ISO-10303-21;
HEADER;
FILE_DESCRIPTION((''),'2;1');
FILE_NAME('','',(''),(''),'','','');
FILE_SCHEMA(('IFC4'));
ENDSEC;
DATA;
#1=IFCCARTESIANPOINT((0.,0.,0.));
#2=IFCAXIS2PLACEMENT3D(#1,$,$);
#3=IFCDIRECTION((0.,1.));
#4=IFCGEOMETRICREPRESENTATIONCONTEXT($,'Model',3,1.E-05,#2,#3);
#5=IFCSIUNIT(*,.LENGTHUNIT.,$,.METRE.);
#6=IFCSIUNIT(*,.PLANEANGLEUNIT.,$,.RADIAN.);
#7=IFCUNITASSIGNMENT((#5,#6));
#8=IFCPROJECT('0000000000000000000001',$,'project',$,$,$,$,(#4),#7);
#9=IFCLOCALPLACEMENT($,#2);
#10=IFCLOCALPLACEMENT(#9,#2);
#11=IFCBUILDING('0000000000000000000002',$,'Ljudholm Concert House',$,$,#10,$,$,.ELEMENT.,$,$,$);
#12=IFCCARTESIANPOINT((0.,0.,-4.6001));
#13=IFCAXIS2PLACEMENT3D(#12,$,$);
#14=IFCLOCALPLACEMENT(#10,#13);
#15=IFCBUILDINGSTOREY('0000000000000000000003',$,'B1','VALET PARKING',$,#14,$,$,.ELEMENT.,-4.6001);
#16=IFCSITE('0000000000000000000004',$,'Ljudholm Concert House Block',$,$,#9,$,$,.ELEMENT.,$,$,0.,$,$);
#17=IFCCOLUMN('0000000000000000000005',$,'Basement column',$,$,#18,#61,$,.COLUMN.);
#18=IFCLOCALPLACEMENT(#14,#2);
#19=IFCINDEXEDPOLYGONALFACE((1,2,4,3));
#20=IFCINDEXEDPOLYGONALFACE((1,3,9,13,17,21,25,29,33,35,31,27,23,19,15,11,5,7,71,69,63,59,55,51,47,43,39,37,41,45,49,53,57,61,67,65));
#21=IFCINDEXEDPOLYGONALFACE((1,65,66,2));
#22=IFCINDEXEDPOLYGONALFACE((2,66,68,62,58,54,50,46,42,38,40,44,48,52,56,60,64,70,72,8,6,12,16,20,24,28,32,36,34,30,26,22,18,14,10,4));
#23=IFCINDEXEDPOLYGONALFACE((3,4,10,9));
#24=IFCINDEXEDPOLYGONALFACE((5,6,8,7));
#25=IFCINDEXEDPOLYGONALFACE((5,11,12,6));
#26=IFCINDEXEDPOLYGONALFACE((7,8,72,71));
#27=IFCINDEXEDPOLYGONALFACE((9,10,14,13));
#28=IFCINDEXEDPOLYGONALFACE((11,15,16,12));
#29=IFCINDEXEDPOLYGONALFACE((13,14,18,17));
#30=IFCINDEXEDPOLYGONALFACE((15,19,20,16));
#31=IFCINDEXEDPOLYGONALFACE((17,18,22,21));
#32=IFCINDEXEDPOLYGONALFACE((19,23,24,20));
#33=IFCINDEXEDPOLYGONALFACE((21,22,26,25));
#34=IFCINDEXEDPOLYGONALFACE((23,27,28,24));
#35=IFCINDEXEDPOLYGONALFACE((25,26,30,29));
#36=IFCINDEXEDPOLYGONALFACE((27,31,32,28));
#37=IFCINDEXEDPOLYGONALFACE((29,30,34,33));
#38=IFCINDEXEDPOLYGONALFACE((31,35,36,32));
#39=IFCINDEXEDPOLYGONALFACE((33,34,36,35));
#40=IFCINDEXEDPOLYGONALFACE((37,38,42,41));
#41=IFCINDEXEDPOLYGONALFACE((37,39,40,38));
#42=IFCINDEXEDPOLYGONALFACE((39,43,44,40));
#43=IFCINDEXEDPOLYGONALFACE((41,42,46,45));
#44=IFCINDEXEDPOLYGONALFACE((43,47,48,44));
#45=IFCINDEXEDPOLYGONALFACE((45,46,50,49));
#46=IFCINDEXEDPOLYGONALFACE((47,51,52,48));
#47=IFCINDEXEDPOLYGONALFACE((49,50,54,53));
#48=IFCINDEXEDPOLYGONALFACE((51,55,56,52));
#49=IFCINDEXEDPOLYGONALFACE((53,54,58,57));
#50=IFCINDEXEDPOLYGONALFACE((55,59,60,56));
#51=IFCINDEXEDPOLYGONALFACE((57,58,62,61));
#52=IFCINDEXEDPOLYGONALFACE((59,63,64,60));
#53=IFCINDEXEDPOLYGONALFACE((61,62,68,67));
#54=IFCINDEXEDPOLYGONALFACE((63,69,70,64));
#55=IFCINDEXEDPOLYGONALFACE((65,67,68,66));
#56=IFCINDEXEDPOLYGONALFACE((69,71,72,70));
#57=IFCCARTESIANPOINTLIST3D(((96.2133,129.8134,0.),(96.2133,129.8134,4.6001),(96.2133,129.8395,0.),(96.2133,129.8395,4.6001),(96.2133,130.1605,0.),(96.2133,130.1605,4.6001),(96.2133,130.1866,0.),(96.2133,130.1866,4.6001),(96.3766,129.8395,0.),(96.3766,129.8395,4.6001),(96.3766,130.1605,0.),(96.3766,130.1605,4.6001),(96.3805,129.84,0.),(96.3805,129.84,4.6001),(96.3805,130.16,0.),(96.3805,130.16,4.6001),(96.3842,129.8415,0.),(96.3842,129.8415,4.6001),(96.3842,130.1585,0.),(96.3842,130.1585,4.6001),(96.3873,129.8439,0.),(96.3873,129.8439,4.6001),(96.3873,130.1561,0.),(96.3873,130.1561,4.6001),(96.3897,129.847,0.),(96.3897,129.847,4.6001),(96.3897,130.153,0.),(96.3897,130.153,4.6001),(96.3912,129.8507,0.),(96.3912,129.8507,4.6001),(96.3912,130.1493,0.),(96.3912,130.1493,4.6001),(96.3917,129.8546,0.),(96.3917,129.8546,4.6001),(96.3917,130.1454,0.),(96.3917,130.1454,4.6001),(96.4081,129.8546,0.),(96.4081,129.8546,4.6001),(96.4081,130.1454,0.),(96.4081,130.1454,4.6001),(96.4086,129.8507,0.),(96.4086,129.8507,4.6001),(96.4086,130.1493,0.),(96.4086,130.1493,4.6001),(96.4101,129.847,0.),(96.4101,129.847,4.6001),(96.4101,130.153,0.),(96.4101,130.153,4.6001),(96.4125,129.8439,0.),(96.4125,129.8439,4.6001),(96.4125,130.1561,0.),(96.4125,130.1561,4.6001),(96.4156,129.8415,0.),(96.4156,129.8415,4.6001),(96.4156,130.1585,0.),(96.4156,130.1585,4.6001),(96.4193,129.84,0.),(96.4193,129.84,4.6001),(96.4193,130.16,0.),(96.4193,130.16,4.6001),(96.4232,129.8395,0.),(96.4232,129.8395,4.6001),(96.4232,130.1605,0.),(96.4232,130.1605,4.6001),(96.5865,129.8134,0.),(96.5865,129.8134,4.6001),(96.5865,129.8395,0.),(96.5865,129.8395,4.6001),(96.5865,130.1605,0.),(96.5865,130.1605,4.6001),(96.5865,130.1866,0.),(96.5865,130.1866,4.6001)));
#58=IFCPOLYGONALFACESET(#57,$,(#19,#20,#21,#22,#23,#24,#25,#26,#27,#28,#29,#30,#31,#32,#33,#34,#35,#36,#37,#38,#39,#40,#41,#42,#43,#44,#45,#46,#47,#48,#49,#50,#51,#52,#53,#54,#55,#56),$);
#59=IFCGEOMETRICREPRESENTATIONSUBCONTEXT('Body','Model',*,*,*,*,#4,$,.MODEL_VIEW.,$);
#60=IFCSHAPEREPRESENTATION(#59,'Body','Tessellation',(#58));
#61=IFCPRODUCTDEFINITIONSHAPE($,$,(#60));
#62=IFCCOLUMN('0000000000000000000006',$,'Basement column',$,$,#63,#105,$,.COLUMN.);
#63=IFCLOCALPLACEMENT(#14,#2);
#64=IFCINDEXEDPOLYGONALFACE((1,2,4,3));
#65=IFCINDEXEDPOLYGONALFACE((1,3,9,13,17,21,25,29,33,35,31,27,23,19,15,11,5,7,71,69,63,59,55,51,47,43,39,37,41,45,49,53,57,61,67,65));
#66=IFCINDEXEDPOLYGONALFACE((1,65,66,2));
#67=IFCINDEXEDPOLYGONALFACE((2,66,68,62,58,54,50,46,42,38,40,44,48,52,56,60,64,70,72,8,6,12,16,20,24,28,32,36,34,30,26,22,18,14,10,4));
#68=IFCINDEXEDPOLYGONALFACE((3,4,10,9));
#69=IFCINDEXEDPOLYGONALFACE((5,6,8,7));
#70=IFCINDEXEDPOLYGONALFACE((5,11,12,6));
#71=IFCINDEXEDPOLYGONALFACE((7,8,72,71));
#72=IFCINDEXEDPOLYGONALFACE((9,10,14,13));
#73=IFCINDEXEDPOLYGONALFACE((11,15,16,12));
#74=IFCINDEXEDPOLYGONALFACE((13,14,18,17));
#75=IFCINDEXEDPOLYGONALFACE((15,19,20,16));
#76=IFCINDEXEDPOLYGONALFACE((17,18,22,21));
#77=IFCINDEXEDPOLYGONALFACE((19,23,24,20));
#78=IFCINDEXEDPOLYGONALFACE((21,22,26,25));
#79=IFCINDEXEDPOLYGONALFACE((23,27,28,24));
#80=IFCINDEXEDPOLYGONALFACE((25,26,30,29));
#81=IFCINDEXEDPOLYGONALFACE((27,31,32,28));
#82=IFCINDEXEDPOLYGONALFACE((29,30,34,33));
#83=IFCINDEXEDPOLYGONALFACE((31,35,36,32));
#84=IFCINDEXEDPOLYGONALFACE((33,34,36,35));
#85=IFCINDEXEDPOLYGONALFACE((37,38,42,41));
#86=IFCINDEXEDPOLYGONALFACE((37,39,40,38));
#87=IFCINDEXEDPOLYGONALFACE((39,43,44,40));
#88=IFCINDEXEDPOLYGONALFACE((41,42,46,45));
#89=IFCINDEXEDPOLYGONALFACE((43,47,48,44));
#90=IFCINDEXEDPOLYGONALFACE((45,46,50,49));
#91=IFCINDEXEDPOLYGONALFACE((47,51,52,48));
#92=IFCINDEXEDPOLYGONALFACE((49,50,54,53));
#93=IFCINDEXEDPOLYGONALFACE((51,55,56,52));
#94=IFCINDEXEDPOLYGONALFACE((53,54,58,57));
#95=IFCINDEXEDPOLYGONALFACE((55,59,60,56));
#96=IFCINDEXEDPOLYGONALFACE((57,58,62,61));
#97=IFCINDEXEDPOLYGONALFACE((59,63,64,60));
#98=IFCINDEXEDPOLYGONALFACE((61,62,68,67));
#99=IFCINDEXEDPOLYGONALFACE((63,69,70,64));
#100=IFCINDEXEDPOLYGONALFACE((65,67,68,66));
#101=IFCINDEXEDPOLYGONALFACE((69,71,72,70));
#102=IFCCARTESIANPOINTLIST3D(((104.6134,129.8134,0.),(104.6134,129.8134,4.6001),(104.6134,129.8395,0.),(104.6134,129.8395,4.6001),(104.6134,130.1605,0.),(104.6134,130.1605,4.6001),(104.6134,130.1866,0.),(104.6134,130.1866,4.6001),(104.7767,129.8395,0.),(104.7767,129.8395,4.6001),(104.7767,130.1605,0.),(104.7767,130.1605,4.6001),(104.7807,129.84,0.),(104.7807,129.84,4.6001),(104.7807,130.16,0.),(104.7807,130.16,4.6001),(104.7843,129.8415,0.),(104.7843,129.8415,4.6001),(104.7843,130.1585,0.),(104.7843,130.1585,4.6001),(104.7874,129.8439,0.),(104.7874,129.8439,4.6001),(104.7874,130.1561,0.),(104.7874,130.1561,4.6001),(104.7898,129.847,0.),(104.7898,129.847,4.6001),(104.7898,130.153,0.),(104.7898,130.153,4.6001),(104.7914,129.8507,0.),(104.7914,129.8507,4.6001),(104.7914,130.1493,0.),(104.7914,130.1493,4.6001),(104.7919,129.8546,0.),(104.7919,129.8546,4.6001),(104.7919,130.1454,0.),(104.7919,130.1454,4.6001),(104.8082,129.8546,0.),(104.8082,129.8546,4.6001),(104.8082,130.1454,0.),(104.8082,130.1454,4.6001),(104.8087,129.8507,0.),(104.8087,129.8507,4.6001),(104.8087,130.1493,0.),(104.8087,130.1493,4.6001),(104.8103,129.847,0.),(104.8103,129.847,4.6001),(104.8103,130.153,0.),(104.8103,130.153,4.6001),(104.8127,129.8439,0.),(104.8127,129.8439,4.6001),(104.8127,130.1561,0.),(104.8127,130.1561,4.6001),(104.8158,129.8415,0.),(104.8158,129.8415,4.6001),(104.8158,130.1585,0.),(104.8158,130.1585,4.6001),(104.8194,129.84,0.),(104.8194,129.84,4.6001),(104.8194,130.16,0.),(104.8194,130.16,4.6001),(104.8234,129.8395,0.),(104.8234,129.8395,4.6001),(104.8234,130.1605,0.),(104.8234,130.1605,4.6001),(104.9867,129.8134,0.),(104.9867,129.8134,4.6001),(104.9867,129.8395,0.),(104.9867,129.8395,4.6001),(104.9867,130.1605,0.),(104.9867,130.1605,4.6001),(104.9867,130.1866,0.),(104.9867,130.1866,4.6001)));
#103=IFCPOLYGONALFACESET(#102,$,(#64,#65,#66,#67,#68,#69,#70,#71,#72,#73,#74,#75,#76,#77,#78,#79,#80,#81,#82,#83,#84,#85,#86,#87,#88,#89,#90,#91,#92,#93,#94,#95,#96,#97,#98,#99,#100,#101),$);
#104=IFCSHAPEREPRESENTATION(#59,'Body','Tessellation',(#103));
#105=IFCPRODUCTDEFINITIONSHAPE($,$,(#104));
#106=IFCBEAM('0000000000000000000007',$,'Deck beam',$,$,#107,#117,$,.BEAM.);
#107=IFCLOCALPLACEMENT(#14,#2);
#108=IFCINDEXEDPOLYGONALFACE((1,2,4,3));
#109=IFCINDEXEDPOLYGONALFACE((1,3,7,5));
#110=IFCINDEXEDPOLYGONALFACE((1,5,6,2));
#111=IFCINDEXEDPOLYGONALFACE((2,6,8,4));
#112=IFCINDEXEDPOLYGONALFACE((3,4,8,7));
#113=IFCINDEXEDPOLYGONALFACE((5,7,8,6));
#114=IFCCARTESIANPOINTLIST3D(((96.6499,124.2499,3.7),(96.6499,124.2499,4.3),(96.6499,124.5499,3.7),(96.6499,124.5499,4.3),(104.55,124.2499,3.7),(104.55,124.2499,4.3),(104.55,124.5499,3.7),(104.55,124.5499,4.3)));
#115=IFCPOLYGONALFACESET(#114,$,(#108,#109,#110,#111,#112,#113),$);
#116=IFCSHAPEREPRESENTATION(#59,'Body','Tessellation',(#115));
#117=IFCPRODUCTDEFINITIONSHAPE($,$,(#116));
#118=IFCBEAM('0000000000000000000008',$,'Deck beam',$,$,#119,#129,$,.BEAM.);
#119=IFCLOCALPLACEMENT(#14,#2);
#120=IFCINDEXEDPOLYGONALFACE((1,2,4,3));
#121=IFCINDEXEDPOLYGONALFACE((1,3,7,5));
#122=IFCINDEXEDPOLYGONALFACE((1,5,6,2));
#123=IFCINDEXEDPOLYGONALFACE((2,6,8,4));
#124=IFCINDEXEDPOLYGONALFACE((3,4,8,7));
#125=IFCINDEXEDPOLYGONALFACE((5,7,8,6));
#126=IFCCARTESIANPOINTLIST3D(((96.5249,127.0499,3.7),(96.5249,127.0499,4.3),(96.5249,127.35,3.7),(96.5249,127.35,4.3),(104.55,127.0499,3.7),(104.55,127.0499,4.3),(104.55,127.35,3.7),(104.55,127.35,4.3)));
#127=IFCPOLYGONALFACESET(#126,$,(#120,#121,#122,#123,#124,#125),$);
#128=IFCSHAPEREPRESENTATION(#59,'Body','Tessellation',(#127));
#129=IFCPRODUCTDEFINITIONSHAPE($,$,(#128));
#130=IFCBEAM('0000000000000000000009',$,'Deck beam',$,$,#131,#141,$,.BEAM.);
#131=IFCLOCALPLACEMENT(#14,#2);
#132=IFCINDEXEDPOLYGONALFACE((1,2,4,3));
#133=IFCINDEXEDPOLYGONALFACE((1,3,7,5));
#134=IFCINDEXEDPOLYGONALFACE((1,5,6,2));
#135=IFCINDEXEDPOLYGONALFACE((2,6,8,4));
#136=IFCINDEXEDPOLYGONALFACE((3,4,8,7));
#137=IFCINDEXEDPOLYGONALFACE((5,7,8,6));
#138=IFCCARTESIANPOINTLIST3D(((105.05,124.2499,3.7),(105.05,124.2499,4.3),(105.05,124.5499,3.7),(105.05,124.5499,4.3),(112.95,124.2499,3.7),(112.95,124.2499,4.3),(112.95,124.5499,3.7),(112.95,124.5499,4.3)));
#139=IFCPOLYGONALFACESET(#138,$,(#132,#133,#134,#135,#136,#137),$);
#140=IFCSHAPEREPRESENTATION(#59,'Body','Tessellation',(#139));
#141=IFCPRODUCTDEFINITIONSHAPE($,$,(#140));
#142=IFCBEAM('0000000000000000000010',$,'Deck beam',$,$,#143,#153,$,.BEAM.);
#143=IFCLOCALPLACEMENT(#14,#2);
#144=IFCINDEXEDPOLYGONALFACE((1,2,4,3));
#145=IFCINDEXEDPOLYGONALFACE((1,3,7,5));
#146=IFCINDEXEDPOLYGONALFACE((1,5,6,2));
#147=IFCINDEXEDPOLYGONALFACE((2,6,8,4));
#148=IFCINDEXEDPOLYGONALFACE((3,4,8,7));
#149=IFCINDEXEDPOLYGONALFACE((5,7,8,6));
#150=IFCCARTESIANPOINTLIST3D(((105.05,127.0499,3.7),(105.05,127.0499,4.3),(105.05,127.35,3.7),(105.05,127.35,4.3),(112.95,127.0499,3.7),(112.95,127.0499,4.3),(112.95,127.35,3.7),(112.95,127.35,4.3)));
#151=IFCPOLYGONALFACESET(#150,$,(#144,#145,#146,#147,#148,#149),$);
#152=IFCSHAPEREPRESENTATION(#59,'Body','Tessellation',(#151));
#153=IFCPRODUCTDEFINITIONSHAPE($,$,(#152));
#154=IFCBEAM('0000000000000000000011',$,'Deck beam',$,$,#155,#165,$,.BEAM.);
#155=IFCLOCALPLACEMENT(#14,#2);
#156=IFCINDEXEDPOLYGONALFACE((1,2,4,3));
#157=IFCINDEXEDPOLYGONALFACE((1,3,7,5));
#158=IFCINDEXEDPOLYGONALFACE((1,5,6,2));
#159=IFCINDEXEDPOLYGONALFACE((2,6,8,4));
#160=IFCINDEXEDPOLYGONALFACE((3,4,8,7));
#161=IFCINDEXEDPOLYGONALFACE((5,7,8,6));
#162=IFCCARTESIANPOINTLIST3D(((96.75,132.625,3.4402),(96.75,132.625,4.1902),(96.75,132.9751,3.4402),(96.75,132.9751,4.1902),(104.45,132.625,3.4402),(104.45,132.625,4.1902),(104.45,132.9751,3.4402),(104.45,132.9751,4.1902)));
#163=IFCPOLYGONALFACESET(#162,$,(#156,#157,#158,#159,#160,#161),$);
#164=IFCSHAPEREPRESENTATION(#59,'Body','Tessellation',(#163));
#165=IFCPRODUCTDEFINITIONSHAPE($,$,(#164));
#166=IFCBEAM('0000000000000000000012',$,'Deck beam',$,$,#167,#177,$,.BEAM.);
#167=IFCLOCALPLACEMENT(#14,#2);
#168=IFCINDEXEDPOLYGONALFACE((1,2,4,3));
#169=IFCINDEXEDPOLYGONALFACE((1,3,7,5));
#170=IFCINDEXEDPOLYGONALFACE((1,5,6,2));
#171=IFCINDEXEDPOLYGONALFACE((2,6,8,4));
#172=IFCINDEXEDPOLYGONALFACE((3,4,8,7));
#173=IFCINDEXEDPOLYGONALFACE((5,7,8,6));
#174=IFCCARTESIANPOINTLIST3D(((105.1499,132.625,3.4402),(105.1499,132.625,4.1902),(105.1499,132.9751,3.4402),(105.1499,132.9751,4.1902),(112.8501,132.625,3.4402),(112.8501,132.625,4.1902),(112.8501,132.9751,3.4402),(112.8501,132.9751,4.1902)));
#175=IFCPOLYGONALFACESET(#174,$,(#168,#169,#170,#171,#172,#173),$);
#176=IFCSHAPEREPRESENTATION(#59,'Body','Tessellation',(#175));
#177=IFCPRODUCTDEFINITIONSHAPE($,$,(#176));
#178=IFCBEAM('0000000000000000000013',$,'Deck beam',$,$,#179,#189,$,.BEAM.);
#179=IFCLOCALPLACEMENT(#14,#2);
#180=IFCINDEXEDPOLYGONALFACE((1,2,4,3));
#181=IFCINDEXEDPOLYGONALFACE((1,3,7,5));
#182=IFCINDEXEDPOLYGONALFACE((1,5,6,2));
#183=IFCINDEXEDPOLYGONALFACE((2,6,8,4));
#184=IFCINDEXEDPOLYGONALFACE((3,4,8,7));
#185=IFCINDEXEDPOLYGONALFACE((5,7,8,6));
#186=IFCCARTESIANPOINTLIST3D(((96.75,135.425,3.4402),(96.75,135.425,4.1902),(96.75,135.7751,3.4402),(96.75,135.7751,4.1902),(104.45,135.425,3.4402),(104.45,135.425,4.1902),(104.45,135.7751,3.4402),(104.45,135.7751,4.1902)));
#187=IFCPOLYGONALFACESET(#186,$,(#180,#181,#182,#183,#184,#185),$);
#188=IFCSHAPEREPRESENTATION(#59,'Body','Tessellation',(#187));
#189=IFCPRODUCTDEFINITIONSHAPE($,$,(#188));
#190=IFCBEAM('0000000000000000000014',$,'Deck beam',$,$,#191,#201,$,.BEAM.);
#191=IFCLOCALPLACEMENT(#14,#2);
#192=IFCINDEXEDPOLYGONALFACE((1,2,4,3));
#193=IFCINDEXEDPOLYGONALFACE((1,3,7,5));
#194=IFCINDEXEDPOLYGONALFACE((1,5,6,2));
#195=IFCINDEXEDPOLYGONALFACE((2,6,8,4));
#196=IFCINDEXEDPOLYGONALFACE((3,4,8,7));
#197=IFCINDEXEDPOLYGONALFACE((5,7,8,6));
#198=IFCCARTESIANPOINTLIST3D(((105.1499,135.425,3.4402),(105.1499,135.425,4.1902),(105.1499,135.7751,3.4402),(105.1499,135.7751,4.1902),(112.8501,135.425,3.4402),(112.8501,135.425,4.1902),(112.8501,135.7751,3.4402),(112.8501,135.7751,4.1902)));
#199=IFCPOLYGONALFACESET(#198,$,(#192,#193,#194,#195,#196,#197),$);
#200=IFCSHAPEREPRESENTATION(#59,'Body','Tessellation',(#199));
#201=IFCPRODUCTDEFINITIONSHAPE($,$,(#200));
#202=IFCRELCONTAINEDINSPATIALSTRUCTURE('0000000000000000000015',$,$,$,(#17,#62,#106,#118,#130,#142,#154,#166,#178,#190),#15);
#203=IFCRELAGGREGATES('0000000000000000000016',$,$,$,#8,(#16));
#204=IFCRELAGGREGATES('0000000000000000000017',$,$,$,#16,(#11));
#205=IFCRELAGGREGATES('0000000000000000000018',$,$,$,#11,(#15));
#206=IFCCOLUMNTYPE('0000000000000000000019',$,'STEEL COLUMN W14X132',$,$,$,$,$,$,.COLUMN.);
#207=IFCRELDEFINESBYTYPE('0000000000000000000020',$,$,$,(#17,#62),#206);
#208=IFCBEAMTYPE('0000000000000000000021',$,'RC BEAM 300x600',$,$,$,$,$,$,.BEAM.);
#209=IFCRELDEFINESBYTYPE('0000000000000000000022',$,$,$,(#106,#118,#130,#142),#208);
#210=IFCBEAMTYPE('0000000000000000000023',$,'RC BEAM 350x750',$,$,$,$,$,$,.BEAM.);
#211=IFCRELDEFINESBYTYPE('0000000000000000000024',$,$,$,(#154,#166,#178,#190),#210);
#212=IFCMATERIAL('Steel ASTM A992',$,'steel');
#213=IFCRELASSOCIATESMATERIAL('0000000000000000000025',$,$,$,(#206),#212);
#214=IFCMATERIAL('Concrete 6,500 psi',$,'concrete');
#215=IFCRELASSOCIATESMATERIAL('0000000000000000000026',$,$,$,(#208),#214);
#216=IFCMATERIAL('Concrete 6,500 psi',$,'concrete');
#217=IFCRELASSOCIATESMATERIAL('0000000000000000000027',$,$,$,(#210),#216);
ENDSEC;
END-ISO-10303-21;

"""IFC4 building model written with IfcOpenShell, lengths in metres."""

from ifc_helpers import new_model, si_unit, direction, frame, origin, origin_2d, place, context, subcontext, project, spatial, rectangle, i_section, extrude, material, material_profile, profile_set, type_object, element, save


model = new_model("IFC4")

# Units and contexts
model_context = context("Model", 3, precision=1e-05, world=origin(), true_north=direction((0.0, 1.0)))
body_context = subcontext(model_context, "Body", "Model", "MODEL_VIEW")
ifc_project = project(units=[si_unit("LENGTHUNIT", "METRE"), si_unit("PLANEANGLEUNIT", "RADIAN")], contexts=[model_context])

# Site, building, storey
site_placement = place(None, origin())
site = spatial("IfcSite", under=ifc_project, at=site_placement, Name="Ljudholm Concert House Block", CompositionType="ELEMENT", RefElevation=0.0)
building_placement = place(site_placement, origin())
building = spatial("IfcBuilding", under=site, at=building_placement, Name="Ljudholm Concert House", CompositionType="ELEMENT")
storey_placement = place(building_placement, frame((0.0, 0.0, -4.6001)))
storey = spatial("IfcBuildingStorey", under=building, at=storey_placement, Name="B1", Description="VALET PARKING", CompositionType="ELEMENT", Elevation=-4.6001)

# Columns
ifc_material_1 = material(Name="Steel ASTM A992", Category="steel")
ifc_material_profile_1 = material_profile(ifc_material_1, i_section(OverallWidth=0.3733, OverallDepth=0.3733, WebThickness=0.0164, FlangeThickness=0.0261, FilletRadius=0.0151, at=origin_2d()), Name="W14X132")
ifc_profile_set_1 = profile_set([ifc_material_profile_1], Name="Steel ASTM A992")
column_type_1 = type_object("IfcColumnType", Name="STEEL COLUMN W14X132", PredefinedType="COLUMN", material=ifc_profile_set_1)
for number, where, z_axis, x_axis, name in (
    (1, (96.3999, 130.0, 0.0), (0.0, 0.0, 1.0), (1.0, 0.0, 0.0), "Basement column"),
    (2, (104.8, 130.0, 0.0), (0.0, 0.0, 1.0), (1.0, 0.0, 0.0), "Basement column"),
):
    element("IfcColumn", number, at=place(storey_placement, frame(where, z_axis=z_axis, x_axis=x_axis)), inside=storey, type_object=column_type_1, Name=name, PredefinedType="COLUMN", context=body_context, shape_type="SweptSolid", body=[
        extrude(i_section(OverallWidth=0.3733, OverallDepth=0.3733, WebThickness=0.0164, FlangeThickness=0.0261, FilletRadius=0.0151, at=origin_2d()), origin(), (0.0, 0.0, 1.0), 4.6001),
    ])

# Beams
ifc_material_2 = material(Name="Concrete 6,500 psi", Category="concrete")
ifc_material_profile_2 = material_profile(ifc_material_2, rectangle(XDim=0.3, YDim=0.6001, at=origin_2d()), Name="RC BEAM 300x600")
ifc_profile_set_2 = profile_set([ifc_material_profile_2], Name="Concrete 6,500 psi")
beam_type_1 = type_object("IfcBeamType", Name="RC BEAM 300x600", PredefinedType="BEAM", material=ifc_profile_set_2)
beam_1_placement = place(storey_placement, frame((96.6499, 124.3999, 4.0), z_axis=(1.0, 0.0, 0.0), x_axis=(0.0, 1.0, 0.0)))
element("IfcBeam", 3, at=beam_1_placement, inside=storey, type_object=beam_type_1, Name="Deck beam", PredefinedType="BEAM", context=body_context, shape_type="SweptSolid", body=[
    extrude(rectangle(XDim=0.3, YDim=0.6001, at=origin_2d()), origin(), (0.0, 0.0, 1.0), 7.9001),
])
beam_2_placement = place(storey_placement, frame((96.5249, 127.2, 4.0), z_axis=(1.0, 0.0, 0.0), x_axis=(0.0, 1.0, 0.0)))
element("IfcBeam", 4, at=beam_2_placement, inside=storey, type_object=beam_type_1, Name="Deck beam", PredefinedType="BEAM", context=body_context, shape_type="SweptSolid", body=[
    extrude(rectangle(XDim=0.3, YDim=0.6001, at=origin_2d()), origin(), (0.0, 0.0, 1.0), 8.0251),
])
for number, where, z_axis, x_axis, name in (
    (5, (105.05, 124.3999, 4.0), (1.0, 0.0, 0.0), (0.0, 1.0, 0.0), "Deck beam"),
    (6, (105.05, 127.2, 4.0), (1.0, 0.0, 0.0), (0.0, 1.0, 0.0), "Deck beam"),
):
    element("IfcBeam", number, at=place(storey_placement, frame(where, z_axis=z_axis, x_axis=x_axis)), inside=storey, type_object=beam_type_1, Name=name, PredefinedType="BEAM", context=body_context, shape_type="SweptSolid", body=[
        extrude(rectangle(XDim=0.3, YDim=0.6001, at=origin_2d()), origin(), (0.0, 0.0, 1.0), 7.8999),
    ])
ifc_material_3 = material(Name="Concrete 6,500 psi", Category="concrete")
ifc_material_profile_3 = material_profile(ifc_material_3, rectangle(XDim=0.3501, YDim=0.75, at=origin_2d()), Name="RC BEAM 350x750")
ifc_profile_set_3 = profile_set([ifc_material_profile_3], Name="Concrete 6,500 psi")
beam_type_2 = type_object("IfcBeamType", Name="RC BEAM 350x750", PredefinedType="BEAM", material=ifc_profile_set_3)
beam_3_placement = place(storey_placement, frame((96.75, 132.8, 3.8152), z_axis=(1.0, 0.0, 0.0), x_axis=(0.0, 1.0, 0.0)))
element("IfcBeam", 7, at=beam_3_placement, inside=storey, type_object=beam_type_2, Name="Deck beam", PredefinedType="BEAM", context=body_context, shape_type="SweptSolid", body=[
    extrude(rectangle(XDim=0.3501, YDim=0.75, at=origin_2d()), origin(), (0.0, 0.0, 1.0), 7.7),
])
beam_4_placement = place(storey_placement, frame((105.1499, 132.8, 3.8152), z_axis=(1.0, 0.0, 0.0), x_axis=(0.0, 1.0, 0.0)))
element("IfcBeam", 8, at=beam_4_placement, inside=storey, type_object=beam_type_2, Name="Deck beam", PredefinedType="BEAM", context=body_context, shape_type="SweptSolid", body=[
    extrude(rectangle(XDim=0.3501, YDim=0.75, at=origin_2d()), origin(), (0.0, 0.0, 1.0), 7.7002),
])
beam_5_placement = place(storey_placement, frame((96.75, 135.6001, 3.8152), z_axis=(1.0, 0.0, 0.0), x_axis=(0.0, 1.0, 0.0)))
element("IfcBeam", 9, at=beam_5_placement, inside=storey, type_object=beam_type_2, Name="Deck beam", PredefinedType="BEAM", context=body_context, shape_type="SweptSolid", body=[
    extrude(rectangle(XDim=0.3501, YDim=0.75, at=origin_2d()), origin(), (0.0, 0.0, 1.0), 7.7),
])
beam_6_placement = place(storey_placement, frame((105.1499, 135.6001, 3.8152), z_axis=(1.0, 0.0, 0.0), x_axis=(0.0, 1.0, 0.0)))
element("IfcBeam", 10, at=beam_6_placement, inside=storey, type_object=beam_type_2, Name="Deck beam", PredefinedType="BEAM", context=body_context, shape_type="SweptSolid", body=[
    extrude(rectangle(XDim=0.3501, YDim=0.75, at=origin_2d()), origin(), (0.0, 0.0, 1.0), 7.7002),
])

save(model, "model.ifc")
